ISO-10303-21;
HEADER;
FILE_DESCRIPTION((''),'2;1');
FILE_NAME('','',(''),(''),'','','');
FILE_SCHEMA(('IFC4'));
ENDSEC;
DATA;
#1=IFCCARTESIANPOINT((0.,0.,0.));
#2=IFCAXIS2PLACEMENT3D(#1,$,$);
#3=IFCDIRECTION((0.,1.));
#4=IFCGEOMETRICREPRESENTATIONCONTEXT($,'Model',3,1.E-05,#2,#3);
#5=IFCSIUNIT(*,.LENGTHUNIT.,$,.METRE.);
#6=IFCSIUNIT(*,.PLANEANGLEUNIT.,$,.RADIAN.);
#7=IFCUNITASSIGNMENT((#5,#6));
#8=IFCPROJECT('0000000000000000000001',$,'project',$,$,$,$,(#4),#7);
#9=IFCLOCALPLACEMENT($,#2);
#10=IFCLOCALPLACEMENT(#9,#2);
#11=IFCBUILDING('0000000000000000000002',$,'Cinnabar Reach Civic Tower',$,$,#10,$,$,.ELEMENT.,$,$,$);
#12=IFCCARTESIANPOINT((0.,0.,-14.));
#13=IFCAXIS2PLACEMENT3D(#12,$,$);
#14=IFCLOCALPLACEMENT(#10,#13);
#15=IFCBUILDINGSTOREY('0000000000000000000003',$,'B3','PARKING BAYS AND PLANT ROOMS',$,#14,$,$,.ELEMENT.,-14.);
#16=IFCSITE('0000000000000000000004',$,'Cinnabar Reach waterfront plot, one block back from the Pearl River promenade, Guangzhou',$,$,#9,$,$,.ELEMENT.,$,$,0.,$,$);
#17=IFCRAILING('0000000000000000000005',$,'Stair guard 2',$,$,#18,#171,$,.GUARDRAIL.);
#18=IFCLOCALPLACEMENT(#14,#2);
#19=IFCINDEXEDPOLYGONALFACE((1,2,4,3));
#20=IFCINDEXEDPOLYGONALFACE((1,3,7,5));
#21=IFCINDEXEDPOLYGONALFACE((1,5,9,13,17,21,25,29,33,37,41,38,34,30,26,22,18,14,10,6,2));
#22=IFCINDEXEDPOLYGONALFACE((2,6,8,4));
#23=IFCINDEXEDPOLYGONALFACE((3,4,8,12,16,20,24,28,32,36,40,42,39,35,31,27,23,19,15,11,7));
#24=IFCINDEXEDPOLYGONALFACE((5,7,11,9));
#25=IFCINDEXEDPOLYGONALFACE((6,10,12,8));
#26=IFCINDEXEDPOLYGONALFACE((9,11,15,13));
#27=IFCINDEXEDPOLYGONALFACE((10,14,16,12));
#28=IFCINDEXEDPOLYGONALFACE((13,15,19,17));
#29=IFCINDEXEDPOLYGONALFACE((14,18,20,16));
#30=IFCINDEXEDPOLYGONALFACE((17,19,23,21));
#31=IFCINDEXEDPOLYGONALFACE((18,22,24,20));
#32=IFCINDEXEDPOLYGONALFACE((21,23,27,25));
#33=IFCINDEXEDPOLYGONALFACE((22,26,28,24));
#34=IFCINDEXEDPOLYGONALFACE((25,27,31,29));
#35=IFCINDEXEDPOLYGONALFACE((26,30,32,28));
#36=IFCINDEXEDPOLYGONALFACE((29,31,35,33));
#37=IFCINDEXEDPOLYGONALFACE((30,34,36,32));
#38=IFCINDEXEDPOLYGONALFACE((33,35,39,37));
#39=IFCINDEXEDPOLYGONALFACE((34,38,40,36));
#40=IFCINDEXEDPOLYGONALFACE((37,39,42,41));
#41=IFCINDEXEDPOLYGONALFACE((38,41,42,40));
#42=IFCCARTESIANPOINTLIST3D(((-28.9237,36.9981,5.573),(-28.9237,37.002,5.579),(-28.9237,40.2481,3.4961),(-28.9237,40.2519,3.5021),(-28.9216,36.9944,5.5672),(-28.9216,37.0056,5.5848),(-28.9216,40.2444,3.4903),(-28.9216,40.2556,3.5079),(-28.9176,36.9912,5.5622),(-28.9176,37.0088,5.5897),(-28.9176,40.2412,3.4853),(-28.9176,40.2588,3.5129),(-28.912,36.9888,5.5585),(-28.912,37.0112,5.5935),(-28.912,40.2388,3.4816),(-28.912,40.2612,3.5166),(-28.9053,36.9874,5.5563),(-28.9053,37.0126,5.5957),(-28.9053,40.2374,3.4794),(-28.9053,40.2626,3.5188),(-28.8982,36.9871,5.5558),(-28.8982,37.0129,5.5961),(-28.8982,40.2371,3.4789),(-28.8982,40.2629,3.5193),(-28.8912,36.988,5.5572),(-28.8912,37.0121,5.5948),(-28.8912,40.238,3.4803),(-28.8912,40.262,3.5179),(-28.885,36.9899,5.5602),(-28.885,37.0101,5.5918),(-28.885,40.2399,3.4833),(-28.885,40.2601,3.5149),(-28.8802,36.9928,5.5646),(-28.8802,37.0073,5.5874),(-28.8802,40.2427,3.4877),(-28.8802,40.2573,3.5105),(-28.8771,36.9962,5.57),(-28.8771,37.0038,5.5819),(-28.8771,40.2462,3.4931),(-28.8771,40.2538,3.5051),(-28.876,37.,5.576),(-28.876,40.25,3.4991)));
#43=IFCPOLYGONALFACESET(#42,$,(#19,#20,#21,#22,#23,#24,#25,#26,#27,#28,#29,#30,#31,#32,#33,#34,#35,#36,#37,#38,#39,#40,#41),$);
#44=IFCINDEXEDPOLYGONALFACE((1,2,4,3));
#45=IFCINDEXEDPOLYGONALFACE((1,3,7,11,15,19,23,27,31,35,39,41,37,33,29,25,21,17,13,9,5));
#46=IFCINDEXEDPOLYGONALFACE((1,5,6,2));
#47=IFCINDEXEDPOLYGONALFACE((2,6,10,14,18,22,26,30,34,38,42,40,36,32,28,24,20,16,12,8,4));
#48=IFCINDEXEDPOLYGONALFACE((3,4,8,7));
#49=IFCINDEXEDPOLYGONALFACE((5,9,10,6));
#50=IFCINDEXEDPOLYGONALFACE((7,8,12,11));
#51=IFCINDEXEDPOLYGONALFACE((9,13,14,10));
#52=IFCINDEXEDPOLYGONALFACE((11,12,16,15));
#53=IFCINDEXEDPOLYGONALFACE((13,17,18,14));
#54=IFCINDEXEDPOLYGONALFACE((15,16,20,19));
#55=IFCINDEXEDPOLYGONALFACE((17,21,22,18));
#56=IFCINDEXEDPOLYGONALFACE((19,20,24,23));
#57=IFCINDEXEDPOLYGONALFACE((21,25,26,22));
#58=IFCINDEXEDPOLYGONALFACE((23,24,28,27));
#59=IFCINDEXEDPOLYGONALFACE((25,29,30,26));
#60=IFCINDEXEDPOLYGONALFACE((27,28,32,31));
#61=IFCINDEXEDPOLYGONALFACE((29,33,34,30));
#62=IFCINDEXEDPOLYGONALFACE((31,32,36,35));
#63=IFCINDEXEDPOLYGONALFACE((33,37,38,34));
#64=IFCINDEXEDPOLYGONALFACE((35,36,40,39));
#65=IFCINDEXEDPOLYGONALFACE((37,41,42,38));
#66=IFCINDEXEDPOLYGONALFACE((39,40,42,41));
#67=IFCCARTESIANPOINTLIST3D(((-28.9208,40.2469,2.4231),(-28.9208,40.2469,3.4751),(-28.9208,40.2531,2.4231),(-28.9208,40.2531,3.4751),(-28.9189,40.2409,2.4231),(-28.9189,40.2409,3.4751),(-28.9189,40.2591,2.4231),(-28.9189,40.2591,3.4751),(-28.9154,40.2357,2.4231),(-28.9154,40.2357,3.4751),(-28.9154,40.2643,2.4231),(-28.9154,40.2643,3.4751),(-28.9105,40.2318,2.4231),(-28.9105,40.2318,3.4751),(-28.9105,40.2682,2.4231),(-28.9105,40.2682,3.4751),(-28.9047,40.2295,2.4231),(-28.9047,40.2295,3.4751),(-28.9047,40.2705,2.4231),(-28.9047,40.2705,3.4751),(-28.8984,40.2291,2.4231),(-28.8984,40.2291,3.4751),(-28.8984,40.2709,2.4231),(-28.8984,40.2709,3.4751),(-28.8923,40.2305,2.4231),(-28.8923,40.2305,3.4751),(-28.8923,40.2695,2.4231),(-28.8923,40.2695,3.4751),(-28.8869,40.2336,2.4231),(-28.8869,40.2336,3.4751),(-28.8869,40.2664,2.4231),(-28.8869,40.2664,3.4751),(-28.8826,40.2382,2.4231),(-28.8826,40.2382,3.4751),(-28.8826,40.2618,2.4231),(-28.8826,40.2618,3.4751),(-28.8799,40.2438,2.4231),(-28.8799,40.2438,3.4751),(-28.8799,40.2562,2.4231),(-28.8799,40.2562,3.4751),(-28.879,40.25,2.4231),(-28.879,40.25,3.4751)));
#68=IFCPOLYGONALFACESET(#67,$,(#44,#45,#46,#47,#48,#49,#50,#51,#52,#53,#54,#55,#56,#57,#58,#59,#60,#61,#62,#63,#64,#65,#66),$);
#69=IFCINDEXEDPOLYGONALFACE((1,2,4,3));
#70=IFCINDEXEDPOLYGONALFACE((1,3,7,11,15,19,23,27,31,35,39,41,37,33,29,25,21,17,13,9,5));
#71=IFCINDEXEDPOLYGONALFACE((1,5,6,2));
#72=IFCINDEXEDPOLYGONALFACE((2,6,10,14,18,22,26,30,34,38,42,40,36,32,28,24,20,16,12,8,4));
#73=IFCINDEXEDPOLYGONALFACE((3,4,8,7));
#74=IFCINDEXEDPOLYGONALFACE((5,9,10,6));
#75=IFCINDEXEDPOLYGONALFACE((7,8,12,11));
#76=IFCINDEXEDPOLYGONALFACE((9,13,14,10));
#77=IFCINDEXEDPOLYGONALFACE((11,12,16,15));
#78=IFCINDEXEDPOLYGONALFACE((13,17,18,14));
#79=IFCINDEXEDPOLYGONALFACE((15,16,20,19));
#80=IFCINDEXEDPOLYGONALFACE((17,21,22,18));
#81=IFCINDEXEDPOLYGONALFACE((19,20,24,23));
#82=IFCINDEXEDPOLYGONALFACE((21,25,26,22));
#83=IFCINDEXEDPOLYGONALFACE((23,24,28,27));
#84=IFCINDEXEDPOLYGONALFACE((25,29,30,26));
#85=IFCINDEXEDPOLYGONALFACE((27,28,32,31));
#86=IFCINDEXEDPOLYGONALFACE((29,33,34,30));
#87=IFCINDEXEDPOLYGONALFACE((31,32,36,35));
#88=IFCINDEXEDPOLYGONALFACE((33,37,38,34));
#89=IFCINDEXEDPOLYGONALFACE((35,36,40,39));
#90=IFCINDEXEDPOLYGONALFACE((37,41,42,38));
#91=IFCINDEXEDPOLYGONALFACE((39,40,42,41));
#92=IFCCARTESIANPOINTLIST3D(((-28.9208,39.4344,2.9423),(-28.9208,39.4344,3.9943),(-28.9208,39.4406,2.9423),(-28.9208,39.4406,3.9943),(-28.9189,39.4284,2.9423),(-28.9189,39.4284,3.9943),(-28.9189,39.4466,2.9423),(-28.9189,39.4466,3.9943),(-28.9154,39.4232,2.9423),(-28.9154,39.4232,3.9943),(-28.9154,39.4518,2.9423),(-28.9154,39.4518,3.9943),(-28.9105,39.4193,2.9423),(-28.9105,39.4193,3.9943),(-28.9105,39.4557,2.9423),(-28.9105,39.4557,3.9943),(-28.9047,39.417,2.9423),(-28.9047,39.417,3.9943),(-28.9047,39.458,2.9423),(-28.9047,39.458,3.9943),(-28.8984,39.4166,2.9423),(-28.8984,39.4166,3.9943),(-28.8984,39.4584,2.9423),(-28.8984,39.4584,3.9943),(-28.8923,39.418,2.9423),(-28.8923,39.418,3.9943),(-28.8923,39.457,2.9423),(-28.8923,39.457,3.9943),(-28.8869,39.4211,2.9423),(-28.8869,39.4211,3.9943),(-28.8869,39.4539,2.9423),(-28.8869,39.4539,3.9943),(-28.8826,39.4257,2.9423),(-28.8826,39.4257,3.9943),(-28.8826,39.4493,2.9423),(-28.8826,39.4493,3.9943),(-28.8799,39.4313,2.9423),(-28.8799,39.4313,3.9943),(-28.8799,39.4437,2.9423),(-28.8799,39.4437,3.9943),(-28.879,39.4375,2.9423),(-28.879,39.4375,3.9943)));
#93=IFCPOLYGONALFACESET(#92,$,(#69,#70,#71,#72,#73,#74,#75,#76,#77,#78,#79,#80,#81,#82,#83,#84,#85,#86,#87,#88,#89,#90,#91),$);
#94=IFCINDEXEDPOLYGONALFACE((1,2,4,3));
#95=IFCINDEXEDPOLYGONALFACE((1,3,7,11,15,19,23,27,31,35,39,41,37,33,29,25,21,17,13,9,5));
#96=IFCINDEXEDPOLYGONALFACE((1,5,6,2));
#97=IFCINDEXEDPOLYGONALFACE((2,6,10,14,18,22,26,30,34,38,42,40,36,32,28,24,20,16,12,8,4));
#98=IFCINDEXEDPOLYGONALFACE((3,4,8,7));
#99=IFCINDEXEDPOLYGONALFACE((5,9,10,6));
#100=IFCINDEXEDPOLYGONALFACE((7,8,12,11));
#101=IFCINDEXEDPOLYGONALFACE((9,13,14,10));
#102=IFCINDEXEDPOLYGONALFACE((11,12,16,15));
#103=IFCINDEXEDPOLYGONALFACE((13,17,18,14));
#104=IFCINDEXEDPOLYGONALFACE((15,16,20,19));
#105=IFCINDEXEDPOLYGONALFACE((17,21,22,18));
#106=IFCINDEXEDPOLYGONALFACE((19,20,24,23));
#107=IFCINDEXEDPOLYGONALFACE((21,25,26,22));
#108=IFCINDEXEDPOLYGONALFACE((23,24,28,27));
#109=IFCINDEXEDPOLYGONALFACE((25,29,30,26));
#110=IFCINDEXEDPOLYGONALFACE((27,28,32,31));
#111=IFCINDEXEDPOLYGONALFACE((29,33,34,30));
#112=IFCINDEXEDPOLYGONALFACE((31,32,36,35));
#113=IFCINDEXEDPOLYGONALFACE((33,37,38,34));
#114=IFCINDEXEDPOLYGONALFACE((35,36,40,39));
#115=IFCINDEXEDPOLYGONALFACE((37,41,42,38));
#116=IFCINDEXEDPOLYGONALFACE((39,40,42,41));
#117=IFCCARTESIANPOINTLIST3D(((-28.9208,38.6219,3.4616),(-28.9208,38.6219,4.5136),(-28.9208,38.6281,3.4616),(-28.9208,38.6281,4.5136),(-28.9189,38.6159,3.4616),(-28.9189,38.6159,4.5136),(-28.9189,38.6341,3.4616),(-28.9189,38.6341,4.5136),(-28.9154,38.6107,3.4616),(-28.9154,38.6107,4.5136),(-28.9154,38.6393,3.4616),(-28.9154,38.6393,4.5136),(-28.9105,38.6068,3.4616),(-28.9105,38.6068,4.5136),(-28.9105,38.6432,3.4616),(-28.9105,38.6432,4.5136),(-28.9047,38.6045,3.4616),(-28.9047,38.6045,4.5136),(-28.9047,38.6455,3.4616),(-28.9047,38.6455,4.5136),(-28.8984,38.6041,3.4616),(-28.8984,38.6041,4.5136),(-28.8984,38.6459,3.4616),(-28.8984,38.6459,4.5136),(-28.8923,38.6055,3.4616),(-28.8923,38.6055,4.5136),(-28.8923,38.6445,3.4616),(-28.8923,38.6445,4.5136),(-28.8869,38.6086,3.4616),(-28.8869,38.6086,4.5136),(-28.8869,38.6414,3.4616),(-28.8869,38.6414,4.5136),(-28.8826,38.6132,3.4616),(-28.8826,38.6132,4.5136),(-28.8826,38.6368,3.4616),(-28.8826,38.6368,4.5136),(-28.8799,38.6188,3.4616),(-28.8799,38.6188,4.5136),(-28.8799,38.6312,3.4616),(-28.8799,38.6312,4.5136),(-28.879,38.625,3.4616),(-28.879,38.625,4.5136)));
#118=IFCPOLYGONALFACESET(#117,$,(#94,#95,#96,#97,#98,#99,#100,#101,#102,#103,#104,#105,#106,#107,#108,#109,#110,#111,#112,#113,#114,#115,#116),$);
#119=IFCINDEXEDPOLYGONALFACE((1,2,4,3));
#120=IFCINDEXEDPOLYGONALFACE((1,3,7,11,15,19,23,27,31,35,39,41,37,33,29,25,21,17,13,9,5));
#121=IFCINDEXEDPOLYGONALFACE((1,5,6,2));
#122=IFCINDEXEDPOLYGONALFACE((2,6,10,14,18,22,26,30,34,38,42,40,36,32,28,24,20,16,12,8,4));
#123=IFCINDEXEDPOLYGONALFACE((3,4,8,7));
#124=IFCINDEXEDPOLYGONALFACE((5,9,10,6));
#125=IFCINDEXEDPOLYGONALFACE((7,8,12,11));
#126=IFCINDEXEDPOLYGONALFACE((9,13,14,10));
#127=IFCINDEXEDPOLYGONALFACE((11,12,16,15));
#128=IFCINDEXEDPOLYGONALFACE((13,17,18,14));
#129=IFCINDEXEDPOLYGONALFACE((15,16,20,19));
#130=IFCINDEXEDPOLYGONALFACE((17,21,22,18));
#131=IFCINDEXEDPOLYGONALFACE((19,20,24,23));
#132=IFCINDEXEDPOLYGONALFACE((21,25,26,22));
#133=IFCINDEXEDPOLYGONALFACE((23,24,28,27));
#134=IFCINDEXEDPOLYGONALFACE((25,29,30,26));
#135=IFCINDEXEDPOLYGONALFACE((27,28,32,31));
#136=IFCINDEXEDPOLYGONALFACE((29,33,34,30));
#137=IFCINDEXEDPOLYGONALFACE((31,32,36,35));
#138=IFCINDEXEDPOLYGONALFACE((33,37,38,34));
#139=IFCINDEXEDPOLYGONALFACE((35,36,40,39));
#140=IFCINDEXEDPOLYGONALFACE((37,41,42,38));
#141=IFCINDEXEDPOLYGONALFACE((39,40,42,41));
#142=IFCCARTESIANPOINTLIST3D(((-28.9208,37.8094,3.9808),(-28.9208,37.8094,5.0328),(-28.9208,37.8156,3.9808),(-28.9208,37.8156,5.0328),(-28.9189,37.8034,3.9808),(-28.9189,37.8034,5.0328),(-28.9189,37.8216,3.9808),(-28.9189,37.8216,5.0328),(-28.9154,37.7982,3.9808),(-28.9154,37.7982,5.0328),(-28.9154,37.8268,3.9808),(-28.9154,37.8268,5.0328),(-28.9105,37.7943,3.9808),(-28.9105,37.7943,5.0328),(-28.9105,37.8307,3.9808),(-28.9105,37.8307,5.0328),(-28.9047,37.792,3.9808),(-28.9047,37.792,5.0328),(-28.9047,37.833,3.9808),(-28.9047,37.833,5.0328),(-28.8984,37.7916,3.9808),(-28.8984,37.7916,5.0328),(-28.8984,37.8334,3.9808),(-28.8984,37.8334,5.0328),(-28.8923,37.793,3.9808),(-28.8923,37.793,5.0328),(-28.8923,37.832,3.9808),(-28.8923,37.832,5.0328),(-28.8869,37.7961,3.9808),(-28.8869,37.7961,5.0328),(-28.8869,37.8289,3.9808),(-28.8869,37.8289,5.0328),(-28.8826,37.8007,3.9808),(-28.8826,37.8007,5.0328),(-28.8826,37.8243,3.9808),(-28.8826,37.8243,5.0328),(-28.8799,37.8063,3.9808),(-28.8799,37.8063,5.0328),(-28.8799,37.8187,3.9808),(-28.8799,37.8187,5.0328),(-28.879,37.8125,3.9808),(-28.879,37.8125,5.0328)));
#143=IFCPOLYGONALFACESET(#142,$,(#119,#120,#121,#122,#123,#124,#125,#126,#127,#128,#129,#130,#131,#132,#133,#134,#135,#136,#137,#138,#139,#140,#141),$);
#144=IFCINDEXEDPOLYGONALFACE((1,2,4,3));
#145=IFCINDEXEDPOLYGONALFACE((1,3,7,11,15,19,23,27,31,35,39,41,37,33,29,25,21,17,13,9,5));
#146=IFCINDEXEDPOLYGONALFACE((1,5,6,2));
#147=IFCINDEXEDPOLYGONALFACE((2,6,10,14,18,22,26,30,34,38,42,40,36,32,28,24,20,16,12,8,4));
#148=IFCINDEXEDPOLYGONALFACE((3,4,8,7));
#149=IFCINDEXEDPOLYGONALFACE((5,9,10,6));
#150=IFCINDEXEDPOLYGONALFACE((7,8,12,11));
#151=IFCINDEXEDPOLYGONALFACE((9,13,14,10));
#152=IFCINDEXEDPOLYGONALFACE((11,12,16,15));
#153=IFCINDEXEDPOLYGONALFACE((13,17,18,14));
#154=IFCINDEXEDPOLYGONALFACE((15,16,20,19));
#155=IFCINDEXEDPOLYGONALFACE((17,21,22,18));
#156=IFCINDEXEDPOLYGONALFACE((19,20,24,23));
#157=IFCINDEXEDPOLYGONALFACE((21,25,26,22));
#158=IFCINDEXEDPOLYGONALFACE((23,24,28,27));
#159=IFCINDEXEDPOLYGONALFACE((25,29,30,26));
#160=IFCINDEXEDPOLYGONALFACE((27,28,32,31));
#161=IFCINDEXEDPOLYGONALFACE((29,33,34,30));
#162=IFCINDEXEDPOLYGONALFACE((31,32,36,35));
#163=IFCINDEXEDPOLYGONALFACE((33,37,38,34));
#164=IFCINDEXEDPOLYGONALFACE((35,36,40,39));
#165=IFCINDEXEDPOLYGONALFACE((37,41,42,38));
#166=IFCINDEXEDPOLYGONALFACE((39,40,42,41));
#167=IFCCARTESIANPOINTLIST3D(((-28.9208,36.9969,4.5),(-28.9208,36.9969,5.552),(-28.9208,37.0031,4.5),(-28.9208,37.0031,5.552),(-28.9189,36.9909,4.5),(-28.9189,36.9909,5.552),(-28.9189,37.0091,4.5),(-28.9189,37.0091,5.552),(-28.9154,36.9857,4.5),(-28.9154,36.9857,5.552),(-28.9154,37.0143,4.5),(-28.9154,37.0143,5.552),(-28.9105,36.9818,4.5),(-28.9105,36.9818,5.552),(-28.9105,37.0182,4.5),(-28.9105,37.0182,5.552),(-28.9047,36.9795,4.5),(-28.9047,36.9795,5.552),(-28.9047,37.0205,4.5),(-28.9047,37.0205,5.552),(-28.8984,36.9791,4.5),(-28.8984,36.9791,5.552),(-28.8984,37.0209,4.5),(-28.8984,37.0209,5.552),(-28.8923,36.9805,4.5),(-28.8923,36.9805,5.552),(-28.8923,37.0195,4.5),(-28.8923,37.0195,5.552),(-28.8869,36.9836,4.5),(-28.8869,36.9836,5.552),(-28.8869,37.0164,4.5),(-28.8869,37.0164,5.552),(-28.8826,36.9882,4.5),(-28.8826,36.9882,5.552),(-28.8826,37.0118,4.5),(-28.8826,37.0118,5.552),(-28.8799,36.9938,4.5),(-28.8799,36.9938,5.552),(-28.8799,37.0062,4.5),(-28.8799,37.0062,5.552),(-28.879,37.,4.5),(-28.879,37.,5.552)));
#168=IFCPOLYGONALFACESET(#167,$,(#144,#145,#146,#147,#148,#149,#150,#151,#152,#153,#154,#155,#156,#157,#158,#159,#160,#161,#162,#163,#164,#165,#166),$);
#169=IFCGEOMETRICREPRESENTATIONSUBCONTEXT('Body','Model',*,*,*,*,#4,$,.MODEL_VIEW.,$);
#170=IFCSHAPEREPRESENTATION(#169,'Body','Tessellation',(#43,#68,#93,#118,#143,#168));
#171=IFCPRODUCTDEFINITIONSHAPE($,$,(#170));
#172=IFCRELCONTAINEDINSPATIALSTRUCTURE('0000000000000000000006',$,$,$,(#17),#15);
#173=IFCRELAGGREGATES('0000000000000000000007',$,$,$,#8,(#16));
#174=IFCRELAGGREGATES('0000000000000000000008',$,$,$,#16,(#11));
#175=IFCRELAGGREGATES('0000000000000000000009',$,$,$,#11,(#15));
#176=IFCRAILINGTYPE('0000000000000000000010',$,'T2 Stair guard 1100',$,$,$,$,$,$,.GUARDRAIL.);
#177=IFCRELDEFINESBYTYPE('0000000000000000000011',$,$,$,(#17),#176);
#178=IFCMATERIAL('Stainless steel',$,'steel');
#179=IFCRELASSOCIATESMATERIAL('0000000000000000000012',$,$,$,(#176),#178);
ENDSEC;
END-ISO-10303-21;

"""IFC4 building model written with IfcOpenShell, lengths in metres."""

from ifc_helpers import new_model, si_unit, direction, frame, origin, origin_2d, place, context, subcontext, project, spatial, circle, extrude, material, type_object, element, save


model = new_model("IFC4")

# Units and contexts
model_context = context("Model", 3, precision=1e-05, world=origin(), true_north=direction((0.0, 1.0)))
body_context = subcontext(model_context, "Body", "Model", "MODEL_VIEW")
ifc_project = project(units=[si_unit("LENGTHUNIT", "METRE"), si_unit("PLANEANGLEUNIT", "RADIAN")], contexts=[model_context])

# Site, building, storey
site_placement = place(None, origin())
site = spatial("IfcSite", under=ifc_project, at=site_placement, Name="Cinnabar Reach waterfront plot, one block back from the Pearl River promenade, Guangzhou", CompositionType="ELEMENT", RefElevation=0.0)
building_placement = place(site_placement, origin())
building = spatial("IfcBuilding", under=site, at=building_placement, Name="Cinnabar Reach Civic Tower", CompositionType="ELEMENT")
storey_placement = place(building_placement, frame((0.0, 0.0, -14.0)))
storey = spatial("IfcBuildingStorey", under=building, at=storey_placement, Name="B3", Description="PARKING BAYS AND PLANT ROOMS", CompositionType="ELEMENT", Elevation=-14.0)

# Railing
ifc_material_1 = material(Name="Stainless steel", Category="steel")
railing_type = type_object("IfcRailingType", Name="T2 Stair guard 1100", PredefinedType="GUARDRAIL", material=ifc_material_1)
railing_1_placement = place(storey_placement, frame((-28.9, 40.25, 2.4231)))
element("IfcRailing", 1, at=railing_1_placement, inside=storey, type_object=railing_type, Name="Stair guard 2", PredefinedType="GUARDRAIL", context=body_context, shape_type="SweptSolid", body=[
    extrude(circle(Radius=0.024, at=origin_2d()), frame((0.0, 0.0, 1.076), z_axis=(0.0, -0.842636, 0.538483), x_axis=(1.0, 0.0, 0.0)), (0.0, 0.0, 1.0), 3.8569),
    extrude(circle(Radius=0.021, at=origin_2d()), origin(), (0.0, 0.0, 1.0), 1.052),
    extrude(circle(Radius=0.021, at=origin_2d()), frame((0.0, -0.8125, 0.5192)), (0.0, 0.0, 1.0), 1.052),
    extrude(circle(Radius=0.021, at=origin_2d()), frame((0.0, -1.625, 1.0385)), (0.0, 0.0, 1.0), 1.052),
    extrude(circle(Radius=0.021, at=origin_2d()), frame((0.0, -2.4375, 1.5577)), (0.0, 0.0, 1.0), 1.052),
    extrude(circle(Radius=0.021, at=origin_2d()), frame((0.0, -3.25, 2.0769)), (0.0, 0.0, 1.0), 1.052),
])

save(model, "model.ifc")
